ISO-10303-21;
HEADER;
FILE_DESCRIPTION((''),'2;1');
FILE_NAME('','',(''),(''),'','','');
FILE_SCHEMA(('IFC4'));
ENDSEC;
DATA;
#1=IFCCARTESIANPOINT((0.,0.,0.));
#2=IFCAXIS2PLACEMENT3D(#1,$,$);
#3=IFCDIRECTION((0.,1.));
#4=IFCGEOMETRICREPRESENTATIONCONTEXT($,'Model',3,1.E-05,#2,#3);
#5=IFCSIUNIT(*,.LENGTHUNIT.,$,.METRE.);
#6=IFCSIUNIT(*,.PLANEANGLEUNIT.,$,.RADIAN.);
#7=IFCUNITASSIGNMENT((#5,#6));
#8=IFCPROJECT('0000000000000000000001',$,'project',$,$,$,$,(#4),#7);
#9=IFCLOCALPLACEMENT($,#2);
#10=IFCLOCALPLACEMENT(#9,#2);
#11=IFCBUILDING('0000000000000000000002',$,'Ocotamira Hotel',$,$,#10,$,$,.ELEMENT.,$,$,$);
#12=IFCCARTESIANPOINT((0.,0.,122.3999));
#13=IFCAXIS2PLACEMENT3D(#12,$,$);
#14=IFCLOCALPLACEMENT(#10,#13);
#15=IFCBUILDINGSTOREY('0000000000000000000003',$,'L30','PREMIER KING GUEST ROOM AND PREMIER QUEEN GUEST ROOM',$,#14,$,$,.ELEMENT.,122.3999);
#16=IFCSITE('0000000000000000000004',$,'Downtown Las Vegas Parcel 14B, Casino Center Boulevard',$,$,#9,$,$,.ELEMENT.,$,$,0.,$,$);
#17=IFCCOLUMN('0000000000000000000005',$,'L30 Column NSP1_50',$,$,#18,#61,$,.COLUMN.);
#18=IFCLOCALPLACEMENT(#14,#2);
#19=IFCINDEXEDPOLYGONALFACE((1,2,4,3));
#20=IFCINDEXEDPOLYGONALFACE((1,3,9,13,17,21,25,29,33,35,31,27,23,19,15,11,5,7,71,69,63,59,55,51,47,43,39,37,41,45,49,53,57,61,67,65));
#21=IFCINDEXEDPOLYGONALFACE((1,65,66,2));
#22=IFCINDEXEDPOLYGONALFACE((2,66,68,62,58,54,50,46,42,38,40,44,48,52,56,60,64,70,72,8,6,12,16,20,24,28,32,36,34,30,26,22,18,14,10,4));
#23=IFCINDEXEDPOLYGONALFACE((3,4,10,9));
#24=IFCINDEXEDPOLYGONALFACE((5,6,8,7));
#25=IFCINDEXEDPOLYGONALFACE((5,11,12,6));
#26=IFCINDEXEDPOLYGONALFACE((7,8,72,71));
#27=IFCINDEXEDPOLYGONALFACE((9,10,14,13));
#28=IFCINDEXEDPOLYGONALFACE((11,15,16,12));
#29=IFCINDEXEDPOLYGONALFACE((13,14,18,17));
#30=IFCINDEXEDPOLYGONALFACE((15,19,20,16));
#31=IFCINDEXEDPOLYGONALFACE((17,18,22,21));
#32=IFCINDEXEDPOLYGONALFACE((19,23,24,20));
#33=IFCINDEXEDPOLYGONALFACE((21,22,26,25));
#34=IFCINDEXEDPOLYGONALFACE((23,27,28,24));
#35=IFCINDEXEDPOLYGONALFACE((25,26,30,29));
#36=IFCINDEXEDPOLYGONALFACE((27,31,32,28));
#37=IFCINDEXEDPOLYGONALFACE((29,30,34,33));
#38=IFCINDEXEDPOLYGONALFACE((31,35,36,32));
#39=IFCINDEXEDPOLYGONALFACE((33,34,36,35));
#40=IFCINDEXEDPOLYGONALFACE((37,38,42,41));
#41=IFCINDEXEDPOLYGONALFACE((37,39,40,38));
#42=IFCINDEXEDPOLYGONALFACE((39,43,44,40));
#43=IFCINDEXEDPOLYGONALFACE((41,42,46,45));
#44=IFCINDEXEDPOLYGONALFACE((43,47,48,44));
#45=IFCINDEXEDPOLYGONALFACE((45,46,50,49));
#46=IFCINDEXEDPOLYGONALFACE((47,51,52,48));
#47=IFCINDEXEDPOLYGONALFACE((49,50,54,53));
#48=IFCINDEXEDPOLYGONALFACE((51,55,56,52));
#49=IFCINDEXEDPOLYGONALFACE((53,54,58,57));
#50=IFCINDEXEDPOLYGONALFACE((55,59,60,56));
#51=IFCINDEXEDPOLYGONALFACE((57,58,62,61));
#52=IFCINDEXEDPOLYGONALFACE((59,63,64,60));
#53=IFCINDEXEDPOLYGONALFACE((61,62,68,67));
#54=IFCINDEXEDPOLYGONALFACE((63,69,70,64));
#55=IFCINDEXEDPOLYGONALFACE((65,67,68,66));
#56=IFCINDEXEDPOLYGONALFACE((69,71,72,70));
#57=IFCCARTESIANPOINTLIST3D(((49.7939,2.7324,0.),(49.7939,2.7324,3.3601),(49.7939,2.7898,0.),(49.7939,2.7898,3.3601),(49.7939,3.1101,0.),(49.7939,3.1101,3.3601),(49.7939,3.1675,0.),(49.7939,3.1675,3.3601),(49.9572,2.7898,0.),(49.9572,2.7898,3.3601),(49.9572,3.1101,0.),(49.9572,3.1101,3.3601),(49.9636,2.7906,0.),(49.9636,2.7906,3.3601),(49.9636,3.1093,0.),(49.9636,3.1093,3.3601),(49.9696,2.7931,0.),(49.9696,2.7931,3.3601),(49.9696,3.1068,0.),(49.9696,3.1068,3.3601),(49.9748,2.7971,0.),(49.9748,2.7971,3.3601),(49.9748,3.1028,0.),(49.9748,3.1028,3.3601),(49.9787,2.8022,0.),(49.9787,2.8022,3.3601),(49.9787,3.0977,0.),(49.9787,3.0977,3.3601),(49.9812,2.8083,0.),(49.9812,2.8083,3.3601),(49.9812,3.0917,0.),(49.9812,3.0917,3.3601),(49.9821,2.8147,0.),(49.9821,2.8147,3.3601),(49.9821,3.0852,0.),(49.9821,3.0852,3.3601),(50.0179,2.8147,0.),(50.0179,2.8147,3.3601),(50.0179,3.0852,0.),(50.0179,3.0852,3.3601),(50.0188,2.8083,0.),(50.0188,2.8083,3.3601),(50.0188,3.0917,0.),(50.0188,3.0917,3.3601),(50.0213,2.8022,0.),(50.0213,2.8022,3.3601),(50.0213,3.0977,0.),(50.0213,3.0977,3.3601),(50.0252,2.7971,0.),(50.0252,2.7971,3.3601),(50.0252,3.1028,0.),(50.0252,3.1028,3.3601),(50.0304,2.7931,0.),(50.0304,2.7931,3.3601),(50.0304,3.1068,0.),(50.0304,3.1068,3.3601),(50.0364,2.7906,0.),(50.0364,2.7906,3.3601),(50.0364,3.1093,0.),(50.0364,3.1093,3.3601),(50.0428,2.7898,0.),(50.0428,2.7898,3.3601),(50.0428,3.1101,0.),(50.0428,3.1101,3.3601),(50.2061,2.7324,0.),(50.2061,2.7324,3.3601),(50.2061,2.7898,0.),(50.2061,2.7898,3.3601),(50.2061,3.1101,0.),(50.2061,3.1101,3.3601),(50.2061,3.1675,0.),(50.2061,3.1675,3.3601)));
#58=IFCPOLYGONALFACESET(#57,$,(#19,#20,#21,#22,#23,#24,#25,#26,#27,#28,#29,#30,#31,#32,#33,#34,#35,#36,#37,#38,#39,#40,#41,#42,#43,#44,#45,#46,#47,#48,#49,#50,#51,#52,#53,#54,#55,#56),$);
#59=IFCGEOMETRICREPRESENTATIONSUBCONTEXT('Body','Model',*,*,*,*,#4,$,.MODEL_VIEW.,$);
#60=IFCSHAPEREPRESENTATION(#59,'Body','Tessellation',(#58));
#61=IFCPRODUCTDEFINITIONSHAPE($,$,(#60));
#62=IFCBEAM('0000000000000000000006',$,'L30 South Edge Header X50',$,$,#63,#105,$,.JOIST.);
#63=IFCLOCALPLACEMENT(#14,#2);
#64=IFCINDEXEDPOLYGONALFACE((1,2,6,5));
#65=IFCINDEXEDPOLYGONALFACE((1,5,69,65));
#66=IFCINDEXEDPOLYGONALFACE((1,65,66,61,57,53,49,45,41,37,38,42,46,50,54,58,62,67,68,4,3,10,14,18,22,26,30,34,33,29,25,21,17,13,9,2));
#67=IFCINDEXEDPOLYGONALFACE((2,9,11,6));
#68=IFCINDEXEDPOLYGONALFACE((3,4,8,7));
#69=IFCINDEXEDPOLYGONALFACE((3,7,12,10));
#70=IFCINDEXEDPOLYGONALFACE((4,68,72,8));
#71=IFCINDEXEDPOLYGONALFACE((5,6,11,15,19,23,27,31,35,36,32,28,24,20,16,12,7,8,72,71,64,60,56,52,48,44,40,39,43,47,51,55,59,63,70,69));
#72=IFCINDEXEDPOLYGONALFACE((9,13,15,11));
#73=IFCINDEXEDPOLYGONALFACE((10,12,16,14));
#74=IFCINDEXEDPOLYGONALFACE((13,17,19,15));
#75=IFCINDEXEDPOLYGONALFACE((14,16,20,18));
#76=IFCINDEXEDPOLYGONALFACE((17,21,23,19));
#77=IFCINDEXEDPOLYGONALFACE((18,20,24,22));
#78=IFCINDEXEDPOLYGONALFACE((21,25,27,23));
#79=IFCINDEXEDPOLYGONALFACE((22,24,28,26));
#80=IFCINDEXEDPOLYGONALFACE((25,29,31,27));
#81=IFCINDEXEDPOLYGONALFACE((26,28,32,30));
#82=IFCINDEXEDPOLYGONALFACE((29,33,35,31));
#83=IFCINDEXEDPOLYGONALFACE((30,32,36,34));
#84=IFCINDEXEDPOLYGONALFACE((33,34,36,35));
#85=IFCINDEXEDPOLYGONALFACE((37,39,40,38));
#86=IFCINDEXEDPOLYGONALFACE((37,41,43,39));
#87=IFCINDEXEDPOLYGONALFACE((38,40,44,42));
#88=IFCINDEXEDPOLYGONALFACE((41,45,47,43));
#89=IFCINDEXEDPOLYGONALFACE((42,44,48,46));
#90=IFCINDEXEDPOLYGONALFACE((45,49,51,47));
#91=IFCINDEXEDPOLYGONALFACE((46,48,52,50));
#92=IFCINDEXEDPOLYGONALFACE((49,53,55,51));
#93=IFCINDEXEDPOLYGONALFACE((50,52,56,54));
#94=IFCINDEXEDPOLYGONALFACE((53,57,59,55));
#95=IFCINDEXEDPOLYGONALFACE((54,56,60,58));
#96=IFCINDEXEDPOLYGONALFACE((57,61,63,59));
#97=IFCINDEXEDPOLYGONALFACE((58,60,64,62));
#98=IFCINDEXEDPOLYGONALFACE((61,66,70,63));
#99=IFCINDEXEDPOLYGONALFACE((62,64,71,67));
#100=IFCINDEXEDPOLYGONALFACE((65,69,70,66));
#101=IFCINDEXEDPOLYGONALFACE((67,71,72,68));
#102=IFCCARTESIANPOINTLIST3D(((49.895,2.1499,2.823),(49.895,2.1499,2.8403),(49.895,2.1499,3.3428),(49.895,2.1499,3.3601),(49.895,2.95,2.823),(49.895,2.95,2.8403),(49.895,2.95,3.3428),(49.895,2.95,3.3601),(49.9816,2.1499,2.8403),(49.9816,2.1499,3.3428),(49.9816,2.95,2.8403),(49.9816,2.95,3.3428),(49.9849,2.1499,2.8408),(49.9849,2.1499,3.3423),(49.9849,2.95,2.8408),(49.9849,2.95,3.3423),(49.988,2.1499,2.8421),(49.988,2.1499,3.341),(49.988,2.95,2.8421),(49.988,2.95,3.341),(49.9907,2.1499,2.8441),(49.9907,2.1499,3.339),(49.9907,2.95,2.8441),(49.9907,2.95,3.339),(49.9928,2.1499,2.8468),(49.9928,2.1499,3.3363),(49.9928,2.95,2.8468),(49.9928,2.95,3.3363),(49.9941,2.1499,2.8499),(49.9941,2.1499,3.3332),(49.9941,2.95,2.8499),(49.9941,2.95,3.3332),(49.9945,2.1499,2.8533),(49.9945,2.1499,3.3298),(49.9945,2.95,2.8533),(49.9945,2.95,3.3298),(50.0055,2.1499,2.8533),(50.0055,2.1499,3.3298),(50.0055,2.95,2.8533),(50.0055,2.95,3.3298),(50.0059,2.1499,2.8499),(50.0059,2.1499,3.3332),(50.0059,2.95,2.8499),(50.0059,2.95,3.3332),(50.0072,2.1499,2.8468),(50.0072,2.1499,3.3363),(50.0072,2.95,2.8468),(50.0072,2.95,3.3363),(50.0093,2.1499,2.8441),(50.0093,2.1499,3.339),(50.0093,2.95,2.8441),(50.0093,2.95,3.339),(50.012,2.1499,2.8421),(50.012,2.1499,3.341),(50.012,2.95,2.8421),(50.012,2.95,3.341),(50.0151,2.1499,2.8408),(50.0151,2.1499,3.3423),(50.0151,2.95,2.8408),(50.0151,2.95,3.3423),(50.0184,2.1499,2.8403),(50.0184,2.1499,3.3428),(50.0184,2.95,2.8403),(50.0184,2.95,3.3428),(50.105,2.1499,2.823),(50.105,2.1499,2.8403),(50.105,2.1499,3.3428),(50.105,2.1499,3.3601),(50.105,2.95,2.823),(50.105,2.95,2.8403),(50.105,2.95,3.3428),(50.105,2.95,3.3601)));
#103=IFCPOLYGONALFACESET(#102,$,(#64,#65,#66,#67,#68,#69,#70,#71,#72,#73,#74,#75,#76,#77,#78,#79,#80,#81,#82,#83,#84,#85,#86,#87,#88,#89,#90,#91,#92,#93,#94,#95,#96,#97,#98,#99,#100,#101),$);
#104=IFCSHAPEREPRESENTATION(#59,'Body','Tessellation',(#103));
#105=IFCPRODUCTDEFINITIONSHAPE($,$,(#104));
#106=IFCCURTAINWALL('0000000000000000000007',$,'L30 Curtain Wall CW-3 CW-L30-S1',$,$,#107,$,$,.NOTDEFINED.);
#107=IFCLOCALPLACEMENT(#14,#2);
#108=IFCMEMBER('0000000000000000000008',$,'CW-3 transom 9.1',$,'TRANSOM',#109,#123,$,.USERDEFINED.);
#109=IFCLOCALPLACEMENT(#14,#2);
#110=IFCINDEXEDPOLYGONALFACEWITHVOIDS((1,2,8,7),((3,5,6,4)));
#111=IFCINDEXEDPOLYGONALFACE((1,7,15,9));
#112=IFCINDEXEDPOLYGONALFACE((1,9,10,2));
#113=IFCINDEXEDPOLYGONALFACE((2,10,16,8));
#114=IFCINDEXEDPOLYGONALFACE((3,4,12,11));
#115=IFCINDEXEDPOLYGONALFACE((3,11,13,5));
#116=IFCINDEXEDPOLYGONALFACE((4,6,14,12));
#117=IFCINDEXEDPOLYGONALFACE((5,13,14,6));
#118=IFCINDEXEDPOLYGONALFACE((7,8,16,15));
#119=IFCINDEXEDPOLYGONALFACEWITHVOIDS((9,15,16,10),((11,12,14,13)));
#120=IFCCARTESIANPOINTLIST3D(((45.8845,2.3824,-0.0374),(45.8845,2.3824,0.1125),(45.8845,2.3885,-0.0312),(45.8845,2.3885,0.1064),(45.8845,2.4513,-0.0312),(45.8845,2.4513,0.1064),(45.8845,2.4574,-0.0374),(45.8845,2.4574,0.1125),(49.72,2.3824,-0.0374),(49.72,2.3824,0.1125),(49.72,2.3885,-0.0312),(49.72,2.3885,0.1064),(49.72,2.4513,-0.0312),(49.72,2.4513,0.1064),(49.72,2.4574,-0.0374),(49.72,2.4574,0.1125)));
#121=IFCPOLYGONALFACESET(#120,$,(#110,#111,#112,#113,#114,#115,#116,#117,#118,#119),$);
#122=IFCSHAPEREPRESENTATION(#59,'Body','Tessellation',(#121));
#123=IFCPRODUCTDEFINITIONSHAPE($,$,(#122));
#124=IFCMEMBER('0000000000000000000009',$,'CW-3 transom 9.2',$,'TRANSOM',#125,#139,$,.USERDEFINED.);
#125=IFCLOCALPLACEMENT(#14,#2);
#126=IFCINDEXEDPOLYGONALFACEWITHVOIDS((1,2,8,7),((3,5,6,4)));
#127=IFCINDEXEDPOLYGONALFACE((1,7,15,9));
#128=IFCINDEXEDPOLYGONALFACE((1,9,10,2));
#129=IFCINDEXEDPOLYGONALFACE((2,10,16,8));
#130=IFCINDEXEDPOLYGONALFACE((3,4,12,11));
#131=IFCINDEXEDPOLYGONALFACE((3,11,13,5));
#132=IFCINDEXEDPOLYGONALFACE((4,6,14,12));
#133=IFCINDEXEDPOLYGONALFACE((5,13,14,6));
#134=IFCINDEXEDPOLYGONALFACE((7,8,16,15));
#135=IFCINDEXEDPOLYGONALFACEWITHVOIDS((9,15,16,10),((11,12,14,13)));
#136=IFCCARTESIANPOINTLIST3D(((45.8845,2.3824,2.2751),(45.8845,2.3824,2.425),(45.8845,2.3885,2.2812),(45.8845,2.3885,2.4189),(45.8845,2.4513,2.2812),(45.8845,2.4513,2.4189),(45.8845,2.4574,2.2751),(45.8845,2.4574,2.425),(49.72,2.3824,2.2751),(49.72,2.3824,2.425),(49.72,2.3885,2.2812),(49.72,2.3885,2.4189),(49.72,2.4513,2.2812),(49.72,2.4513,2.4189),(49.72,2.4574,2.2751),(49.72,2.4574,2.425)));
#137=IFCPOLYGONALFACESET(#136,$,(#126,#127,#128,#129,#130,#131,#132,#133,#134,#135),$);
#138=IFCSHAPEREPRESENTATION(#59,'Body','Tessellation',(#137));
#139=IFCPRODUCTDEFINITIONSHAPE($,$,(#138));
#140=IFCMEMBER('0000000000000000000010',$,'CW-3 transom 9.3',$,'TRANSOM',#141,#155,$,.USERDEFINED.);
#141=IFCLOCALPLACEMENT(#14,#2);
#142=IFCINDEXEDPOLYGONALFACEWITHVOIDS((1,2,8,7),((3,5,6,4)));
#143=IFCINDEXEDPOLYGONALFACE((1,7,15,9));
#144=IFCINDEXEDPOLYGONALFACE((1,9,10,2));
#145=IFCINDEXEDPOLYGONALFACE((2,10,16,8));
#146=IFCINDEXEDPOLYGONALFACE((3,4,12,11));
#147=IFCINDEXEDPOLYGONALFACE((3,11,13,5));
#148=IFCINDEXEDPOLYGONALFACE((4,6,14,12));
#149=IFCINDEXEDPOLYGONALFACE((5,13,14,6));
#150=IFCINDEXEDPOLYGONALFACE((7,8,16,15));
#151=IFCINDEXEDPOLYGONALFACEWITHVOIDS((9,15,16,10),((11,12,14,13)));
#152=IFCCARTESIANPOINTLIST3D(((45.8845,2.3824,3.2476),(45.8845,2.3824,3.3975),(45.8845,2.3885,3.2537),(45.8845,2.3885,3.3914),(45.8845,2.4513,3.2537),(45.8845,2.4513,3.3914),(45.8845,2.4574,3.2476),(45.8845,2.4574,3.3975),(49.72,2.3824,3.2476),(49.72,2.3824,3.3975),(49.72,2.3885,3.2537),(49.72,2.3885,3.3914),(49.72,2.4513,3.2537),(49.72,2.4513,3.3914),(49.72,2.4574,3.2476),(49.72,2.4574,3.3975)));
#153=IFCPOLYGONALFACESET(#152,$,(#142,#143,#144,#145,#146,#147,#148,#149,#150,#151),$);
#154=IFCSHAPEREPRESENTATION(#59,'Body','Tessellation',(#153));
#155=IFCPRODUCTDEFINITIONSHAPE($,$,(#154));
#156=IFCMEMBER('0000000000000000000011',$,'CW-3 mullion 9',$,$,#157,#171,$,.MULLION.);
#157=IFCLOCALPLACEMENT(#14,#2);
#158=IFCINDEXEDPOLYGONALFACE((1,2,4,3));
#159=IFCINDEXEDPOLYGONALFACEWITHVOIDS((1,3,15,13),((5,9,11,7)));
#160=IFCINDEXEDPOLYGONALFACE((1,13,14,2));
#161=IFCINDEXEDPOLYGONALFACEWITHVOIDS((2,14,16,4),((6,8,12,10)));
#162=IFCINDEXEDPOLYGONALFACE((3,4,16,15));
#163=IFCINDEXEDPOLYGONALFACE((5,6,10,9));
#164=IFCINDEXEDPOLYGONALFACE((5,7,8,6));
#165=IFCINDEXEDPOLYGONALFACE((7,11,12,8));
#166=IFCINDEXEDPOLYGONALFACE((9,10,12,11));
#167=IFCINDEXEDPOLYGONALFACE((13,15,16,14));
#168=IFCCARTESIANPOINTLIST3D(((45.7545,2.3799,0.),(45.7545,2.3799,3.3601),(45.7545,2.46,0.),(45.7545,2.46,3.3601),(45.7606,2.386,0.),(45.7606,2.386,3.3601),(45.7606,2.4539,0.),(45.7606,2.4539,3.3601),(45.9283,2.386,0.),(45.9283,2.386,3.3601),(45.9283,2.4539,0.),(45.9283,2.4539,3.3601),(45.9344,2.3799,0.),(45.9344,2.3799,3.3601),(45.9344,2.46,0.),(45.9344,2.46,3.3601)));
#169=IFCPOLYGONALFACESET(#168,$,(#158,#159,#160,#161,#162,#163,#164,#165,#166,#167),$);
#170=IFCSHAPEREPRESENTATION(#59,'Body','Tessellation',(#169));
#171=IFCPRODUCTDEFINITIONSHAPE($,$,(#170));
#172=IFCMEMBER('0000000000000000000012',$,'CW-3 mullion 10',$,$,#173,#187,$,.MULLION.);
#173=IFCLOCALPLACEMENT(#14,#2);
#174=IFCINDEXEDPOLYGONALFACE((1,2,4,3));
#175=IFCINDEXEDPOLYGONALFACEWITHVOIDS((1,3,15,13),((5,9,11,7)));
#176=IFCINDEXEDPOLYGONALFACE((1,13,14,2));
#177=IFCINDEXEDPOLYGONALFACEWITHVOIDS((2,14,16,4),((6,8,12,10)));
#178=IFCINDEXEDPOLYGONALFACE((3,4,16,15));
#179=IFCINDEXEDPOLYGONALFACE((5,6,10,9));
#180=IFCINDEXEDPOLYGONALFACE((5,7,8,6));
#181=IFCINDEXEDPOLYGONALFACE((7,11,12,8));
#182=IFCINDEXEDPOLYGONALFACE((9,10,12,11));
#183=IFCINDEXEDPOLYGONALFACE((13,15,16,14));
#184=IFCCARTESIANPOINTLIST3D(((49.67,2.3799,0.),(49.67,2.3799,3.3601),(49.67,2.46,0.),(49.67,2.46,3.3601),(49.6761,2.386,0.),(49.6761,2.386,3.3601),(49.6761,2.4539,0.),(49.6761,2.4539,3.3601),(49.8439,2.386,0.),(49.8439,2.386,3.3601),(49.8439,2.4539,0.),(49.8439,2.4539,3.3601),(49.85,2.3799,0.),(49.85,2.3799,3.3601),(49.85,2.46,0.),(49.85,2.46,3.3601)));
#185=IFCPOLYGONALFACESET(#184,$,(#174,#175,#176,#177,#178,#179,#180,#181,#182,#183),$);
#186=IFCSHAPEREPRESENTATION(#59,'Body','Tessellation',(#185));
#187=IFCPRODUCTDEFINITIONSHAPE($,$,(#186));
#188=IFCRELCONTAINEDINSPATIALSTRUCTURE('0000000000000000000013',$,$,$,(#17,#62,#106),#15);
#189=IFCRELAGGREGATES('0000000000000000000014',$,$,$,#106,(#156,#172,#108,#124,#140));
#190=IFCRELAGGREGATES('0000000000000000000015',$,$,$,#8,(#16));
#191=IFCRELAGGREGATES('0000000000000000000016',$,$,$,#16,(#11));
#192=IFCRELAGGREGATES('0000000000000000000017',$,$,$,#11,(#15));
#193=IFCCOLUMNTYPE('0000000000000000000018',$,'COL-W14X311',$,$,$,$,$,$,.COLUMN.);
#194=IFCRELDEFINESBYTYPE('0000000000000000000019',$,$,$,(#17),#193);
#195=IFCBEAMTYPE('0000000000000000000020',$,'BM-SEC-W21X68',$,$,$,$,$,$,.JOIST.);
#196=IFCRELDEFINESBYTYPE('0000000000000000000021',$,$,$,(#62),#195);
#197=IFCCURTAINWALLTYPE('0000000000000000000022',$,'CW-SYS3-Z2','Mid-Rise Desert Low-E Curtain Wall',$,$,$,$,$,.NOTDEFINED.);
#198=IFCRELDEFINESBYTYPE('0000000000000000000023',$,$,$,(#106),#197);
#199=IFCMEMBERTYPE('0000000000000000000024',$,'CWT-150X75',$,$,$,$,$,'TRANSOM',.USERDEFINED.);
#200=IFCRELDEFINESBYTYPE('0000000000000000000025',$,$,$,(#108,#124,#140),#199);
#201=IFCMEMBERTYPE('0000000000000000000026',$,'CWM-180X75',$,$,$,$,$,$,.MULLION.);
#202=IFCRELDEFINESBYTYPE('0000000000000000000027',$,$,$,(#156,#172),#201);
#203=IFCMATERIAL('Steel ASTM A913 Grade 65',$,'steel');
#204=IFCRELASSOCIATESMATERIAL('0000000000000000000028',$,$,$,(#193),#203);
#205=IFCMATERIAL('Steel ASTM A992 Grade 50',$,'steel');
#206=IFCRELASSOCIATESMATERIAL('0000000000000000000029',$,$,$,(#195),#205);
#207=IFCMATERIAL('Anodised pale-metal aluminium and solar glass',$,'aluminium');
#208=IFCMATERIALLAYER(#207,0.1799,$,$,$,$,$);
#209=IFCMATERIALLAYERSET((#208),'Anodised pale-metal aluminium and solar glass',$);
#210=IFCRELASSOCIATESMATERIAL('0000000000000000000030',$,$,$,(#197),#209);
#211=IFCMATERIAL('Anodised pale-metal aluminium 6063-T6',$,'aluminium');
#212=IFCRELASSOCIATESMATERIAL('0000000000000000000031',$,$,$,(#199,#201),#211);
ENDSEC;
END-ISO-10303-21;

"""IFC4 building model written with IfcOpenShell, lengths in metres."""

from ifc_helpers import new_model, si_unit, direction, frame, origin, origin_2d, place, context, subcontext, project, spatial, hollow_rectangle, i_section, extrude, source, transform, mapped, material, layer, layer_set, material_profile, profile_set, type_object, element, aggregate, save


model = new_model("IFC4")

# Units and contexts
model_context = context("Model", 3, precision=1e-05, world=origin(), true_north=direction((0.0, 1.0)))
body_context = subcontext(model_context, "Body", "Model", "MODEL_VIEW")
ifc_project = project(units=[si_unit("LENGTHUNIT", "METRE"), si_unit("PLANEANGLEUNIT", "RADIAN")], contexts=[model_context])

# Site, building, storey
site_placement = place(None, origin())
site = spatial("IfcSite", under=ifc_project, at=site_placement, Name="Downtown Las Vegas Parcel 14B, Casino Center Boulevard", CompositionType="ELEMENT", RefElevation=0.0)
building_placement = place(site_placement, origin())
building = spatial("IfcBuilding", under=site, at=building_placement, Name="Ocotamira Hotel", CompositionType="ELEMENT")
storey_placement = place(building_placement, frame((0.0, 0.0, 122.3999)))
storey = spatial("IfcBuildingStorey", under=building, at=storey_placement, Name="L30", Description="PREMIER KING GUEST ROOM AND PREMIER QUEEN GUEST ROOM", CompositionType="ELEMENT", Elevation=122.3999)

# Column
ifc_material_1 = material(Name="Steel ASTM A913 Grade 65", Category="steel")
ifc_material_profile_1 = material_profile(ifc_material_1, i_section(OverallWidth=0.4121, OverallDepth=0.4351, WebThickness=0.0359, FlangeThickness=0.0574, FilletRadius=0.0249, at=origin_2d()), Name="W14X311")
ifc_profile_set_1 = profile_set([ifc_material_profile_1], Name="Steel ASTM A913 Grade 65")
column_type = type_object("IfcColumnType", Name="COL-W14X311", PredefinedType="COLUMN", material=ifc_profile_set_1)
shared_shape_1 = source(origin(), body_context, "Body", "SweptSolid", [
    extrude(i_section(OverallWidth=0.4121, OverallDepth=0.4351, WebThickness=0.0359, FlangeThickness=0.0574, FilletRadius=0.0249, at=origin_2d()), origin(), (0.0, 0.0, 1.0), 3.3601),
])
column_placement = place(storey_placement, frame((50.0, 2.95, 0.0), z_axis=(0.0, 0.0, 1.0), x_axis=(1.0, 0.0, 0.0)))
element("IfcColumn", 1, at=column_placement, inside=storey, type_object=column_type, Name="L30 Column NSP1_50", PredefinedType="COLUMN", context=body_context, shape_type="MappedRepresentation", body=[
    mapped(shared_shape_1, transform((0.0, 0.0, 0.0), scale=1.0)),
])

# Beam
ifc_material_2 = material(Name="Steel ASTM A992 Grade 50", Category="steel")
ifc_material_profile_2 = material_profile(ifc_material_2, i_section(OverallWidth=0.21, OverallDepth=0.5371, WebThickness=0.011, FlangeThickness=0.0173, FilletRadius=0.0129, at=origin_2d()), Name="W21X68")
ifc_profile_set_2 = profile_set([ifc_material_profile_2], Name="Steel ASTM A992 Grade 50")
beam_type = type_object("IfcBeamType", Name="BM-SEC-W21X68", PredefinedType="JOIST", material=ifc_profile_set_2)
shared_shape_2 = source(origin(), body_context, "Body", "SweptSolid", [
    extrude(i_section(OverallWidth=0.21, OverallDepth=0.5371, WebThickness=0.011, FlangeThickness=0.0173, FilletRadius=0.0129, at=origin_2d()), origin(), (0.0, 0.0, 1.0), 0.8),
])
beam_placement = place(storey_placement, frame((50.0, 2.95, 3.0916), z_axis=(0.0, -1.0, 0.0), x_axis=(1.0, 0.0, 0.0)))
element("IfcBeam", 2, at=beam_placement, inside=storey, type_object=beam_type, Name="L30 South Edge Header X50", PredefinedType="JOIST", context=body_context, shape_type="MappedRepresentation", body=[
    mapped(shared_shape_2, transform((0.0, 0.0, 0.0), scale=1.0)),
])

# Curtain wall, members
ifc_material_3 = material(Name="Anodised pale-metal aluminium and solar glass", Category="aluminium")
ifc_layer_1 = layer(ifc_material_3, 0.1799)
ifc_layer_set_1 = layer_set([ifc_layer_1], Name="Anodised pale-metal aluminium and solar glass")
curtain_wall_type = type_object("IfcCurtainWallType", Name="CW-SYS3-Z2", Description="Mid-Rise Desert Low-E Curtain Wall", PredefinedType="NOTDEFINED", material=ifc_layer_set_1)
curtain_wall_placement = place(storey_placement, origin())
curtain_wall = element("IfcCurtainWall", 3, at=curtain_wall_placement, inside=storey, type_object=curtain_wall_type, Name="L30 Curtain Wall CW-3 CW-L30-S1", PredefinedType="NOTDEFINED")
ifc_material_4 = material(Name="Anodised pale-metal aluminium 6063-T6", Category="aluminium")
ifc_material_profile_3 = material_profile(ifc_material_4, hollow_rectangle(XDim=0.075, YDim=0.1499, WallThickness=0.0061, at=origin_2d()), Name="HSS150X75X6")
ifc_profile_set_3 = profile_set([ifc_material_profile_3], Name="Anodised pale-metal aluminium 6063-T6")
member_type_1 = type_object("IfcMemberType", Name="CWT-150X75", ElementType="TRANSOM", PredefinedType="USERDEFINED", material=ifc_profile_set_3)
shared_shape_3 = source(origin(), body_context, "Body", "SweptSolid", [
    extrude(hollow_rectangle(XDim=0.075, YDim=0.1499, WallThickness=0.0061, at=origin_2d()), origin(), (0.0, 0.0, 1.0), 3.8354),
])
member_1_placement = place(storey_placement, frame((45.8845, 2.4199, 0.0376), z_axis=(1.0, 0.0, 0.0), x_axis=(0.0, 1.0, 0.0)))
member_1 = element("IfcMember", 4, at=member_1_placement, type_object=member_type_1, Name="CW-3 transom 9.1", ObjectType="TRANSOM", PredefinedType="USERDEFINED", context=body_context, shape_type="MappedRepresentation", body=[
    mapped(shared_shape_3, transform((0.0, 0.0, 0.0), scale=1.0)),
])
member_2_placement = place(storey_placement, frame((45.8845, 2.4199, 2.3501), z_axis=(1.0, 0.0, 0.0), x_axis=(0.0, 1.0, 0.0)))
member_2 = element("IfcMember", 5, at=member_2_placement, type_object=member_type_1, Name="CW-3 transom 9.2", ObjectType="TRANSOM", PredefinedType="USERDEFINED", context=body_context, shape_type="MappedRepresentation", body=[
    mapped(shared_shape_3, transform((0.0, 0.0, 0.0), scale=1.0)),
])
member_3_placement = place(storey_placement, frame((45.8845, 2.4199, 3.3225), z_axis=(1.0, 0.0, 0.0), x_axis=(0.0, 1.0, 0.0)))
member_3 = element("IfcMember", 6, at=member_3_placement, type_object=member_type_1, Name="CW-3 transom 9.3", ObjectType="TRANSOM", PredefinedType="USERDEFINED", context=body_context, shape_type="MappedRepresentation", body=[
    mapped(shared_shape_3, transform((0.0, 0.0, 0.0), scale=1.0)),
])
ifc_material_profile_4 = material_profile(ifc_material_4, hollow_rectangle(XDim=0.0801, YDim=0.1799, WallThickness=0.0061, at=origin_2d()), Name="HSS180X80X6")
ifc_profile_set_4 = profile_set([ifc_material_profile_4], Name="Anodised pale-metal aluminium 6063-T6")
member_type_2 = type_object("IfcMemberType", Name="CWM-180X75", PredefinedType="MULLION", material=ifc_profile_set_4)
shared_shape_4 = source(origin(), body_context, "Body", "SweptSolid", [
    extrude(hollow_rectangle(XDim=0.0801, YDim=0.1799, WallThickness=0.0061, at=origin_2d()), origin(), (0.0, 0.0, 1.0), 3.3601),
])
member_4_placement = place(storey_placement, frame((45.8445, 2.4199, 0.0), z_axis=(0.0, 0.0, 1.0), x_axis=(0.0, 1.0, 0.0)))
member_4 = element("IfcMember", 7, at=member_4_placement, type_object=member_type_2, Name="CW-3 mullion 9", PredefinedType="MULLION", context=body_context, shape_type="MappedRepresentation", body=[
    mapped(shared_shape_4, transform((0.0, 0.0, 0.0), scale=1.0)),
])
member_5_placement = place(storey_placement, frame((49.76, 2.4199, 0.0), z_axis=(0.0, 0.0, 1.0), x_axis=(0.0, 1.0, 0.0)))
member_5 = element("IfcMember", 8, at=member_5_placement, type_object=member_type_2, Name="CW-3 mullion 10", PredefinedType="MULLION", context=body_context, shape_type="MappedRepresentation", body=[
    mapped(shared_shape_4, transform((0.0, 0.0, 0.0), scale=1.0)),
])

aggregate(curtain_wall, [member_4, member_5, member_1, member_2, member_3])

save(model, "model.ifc")
